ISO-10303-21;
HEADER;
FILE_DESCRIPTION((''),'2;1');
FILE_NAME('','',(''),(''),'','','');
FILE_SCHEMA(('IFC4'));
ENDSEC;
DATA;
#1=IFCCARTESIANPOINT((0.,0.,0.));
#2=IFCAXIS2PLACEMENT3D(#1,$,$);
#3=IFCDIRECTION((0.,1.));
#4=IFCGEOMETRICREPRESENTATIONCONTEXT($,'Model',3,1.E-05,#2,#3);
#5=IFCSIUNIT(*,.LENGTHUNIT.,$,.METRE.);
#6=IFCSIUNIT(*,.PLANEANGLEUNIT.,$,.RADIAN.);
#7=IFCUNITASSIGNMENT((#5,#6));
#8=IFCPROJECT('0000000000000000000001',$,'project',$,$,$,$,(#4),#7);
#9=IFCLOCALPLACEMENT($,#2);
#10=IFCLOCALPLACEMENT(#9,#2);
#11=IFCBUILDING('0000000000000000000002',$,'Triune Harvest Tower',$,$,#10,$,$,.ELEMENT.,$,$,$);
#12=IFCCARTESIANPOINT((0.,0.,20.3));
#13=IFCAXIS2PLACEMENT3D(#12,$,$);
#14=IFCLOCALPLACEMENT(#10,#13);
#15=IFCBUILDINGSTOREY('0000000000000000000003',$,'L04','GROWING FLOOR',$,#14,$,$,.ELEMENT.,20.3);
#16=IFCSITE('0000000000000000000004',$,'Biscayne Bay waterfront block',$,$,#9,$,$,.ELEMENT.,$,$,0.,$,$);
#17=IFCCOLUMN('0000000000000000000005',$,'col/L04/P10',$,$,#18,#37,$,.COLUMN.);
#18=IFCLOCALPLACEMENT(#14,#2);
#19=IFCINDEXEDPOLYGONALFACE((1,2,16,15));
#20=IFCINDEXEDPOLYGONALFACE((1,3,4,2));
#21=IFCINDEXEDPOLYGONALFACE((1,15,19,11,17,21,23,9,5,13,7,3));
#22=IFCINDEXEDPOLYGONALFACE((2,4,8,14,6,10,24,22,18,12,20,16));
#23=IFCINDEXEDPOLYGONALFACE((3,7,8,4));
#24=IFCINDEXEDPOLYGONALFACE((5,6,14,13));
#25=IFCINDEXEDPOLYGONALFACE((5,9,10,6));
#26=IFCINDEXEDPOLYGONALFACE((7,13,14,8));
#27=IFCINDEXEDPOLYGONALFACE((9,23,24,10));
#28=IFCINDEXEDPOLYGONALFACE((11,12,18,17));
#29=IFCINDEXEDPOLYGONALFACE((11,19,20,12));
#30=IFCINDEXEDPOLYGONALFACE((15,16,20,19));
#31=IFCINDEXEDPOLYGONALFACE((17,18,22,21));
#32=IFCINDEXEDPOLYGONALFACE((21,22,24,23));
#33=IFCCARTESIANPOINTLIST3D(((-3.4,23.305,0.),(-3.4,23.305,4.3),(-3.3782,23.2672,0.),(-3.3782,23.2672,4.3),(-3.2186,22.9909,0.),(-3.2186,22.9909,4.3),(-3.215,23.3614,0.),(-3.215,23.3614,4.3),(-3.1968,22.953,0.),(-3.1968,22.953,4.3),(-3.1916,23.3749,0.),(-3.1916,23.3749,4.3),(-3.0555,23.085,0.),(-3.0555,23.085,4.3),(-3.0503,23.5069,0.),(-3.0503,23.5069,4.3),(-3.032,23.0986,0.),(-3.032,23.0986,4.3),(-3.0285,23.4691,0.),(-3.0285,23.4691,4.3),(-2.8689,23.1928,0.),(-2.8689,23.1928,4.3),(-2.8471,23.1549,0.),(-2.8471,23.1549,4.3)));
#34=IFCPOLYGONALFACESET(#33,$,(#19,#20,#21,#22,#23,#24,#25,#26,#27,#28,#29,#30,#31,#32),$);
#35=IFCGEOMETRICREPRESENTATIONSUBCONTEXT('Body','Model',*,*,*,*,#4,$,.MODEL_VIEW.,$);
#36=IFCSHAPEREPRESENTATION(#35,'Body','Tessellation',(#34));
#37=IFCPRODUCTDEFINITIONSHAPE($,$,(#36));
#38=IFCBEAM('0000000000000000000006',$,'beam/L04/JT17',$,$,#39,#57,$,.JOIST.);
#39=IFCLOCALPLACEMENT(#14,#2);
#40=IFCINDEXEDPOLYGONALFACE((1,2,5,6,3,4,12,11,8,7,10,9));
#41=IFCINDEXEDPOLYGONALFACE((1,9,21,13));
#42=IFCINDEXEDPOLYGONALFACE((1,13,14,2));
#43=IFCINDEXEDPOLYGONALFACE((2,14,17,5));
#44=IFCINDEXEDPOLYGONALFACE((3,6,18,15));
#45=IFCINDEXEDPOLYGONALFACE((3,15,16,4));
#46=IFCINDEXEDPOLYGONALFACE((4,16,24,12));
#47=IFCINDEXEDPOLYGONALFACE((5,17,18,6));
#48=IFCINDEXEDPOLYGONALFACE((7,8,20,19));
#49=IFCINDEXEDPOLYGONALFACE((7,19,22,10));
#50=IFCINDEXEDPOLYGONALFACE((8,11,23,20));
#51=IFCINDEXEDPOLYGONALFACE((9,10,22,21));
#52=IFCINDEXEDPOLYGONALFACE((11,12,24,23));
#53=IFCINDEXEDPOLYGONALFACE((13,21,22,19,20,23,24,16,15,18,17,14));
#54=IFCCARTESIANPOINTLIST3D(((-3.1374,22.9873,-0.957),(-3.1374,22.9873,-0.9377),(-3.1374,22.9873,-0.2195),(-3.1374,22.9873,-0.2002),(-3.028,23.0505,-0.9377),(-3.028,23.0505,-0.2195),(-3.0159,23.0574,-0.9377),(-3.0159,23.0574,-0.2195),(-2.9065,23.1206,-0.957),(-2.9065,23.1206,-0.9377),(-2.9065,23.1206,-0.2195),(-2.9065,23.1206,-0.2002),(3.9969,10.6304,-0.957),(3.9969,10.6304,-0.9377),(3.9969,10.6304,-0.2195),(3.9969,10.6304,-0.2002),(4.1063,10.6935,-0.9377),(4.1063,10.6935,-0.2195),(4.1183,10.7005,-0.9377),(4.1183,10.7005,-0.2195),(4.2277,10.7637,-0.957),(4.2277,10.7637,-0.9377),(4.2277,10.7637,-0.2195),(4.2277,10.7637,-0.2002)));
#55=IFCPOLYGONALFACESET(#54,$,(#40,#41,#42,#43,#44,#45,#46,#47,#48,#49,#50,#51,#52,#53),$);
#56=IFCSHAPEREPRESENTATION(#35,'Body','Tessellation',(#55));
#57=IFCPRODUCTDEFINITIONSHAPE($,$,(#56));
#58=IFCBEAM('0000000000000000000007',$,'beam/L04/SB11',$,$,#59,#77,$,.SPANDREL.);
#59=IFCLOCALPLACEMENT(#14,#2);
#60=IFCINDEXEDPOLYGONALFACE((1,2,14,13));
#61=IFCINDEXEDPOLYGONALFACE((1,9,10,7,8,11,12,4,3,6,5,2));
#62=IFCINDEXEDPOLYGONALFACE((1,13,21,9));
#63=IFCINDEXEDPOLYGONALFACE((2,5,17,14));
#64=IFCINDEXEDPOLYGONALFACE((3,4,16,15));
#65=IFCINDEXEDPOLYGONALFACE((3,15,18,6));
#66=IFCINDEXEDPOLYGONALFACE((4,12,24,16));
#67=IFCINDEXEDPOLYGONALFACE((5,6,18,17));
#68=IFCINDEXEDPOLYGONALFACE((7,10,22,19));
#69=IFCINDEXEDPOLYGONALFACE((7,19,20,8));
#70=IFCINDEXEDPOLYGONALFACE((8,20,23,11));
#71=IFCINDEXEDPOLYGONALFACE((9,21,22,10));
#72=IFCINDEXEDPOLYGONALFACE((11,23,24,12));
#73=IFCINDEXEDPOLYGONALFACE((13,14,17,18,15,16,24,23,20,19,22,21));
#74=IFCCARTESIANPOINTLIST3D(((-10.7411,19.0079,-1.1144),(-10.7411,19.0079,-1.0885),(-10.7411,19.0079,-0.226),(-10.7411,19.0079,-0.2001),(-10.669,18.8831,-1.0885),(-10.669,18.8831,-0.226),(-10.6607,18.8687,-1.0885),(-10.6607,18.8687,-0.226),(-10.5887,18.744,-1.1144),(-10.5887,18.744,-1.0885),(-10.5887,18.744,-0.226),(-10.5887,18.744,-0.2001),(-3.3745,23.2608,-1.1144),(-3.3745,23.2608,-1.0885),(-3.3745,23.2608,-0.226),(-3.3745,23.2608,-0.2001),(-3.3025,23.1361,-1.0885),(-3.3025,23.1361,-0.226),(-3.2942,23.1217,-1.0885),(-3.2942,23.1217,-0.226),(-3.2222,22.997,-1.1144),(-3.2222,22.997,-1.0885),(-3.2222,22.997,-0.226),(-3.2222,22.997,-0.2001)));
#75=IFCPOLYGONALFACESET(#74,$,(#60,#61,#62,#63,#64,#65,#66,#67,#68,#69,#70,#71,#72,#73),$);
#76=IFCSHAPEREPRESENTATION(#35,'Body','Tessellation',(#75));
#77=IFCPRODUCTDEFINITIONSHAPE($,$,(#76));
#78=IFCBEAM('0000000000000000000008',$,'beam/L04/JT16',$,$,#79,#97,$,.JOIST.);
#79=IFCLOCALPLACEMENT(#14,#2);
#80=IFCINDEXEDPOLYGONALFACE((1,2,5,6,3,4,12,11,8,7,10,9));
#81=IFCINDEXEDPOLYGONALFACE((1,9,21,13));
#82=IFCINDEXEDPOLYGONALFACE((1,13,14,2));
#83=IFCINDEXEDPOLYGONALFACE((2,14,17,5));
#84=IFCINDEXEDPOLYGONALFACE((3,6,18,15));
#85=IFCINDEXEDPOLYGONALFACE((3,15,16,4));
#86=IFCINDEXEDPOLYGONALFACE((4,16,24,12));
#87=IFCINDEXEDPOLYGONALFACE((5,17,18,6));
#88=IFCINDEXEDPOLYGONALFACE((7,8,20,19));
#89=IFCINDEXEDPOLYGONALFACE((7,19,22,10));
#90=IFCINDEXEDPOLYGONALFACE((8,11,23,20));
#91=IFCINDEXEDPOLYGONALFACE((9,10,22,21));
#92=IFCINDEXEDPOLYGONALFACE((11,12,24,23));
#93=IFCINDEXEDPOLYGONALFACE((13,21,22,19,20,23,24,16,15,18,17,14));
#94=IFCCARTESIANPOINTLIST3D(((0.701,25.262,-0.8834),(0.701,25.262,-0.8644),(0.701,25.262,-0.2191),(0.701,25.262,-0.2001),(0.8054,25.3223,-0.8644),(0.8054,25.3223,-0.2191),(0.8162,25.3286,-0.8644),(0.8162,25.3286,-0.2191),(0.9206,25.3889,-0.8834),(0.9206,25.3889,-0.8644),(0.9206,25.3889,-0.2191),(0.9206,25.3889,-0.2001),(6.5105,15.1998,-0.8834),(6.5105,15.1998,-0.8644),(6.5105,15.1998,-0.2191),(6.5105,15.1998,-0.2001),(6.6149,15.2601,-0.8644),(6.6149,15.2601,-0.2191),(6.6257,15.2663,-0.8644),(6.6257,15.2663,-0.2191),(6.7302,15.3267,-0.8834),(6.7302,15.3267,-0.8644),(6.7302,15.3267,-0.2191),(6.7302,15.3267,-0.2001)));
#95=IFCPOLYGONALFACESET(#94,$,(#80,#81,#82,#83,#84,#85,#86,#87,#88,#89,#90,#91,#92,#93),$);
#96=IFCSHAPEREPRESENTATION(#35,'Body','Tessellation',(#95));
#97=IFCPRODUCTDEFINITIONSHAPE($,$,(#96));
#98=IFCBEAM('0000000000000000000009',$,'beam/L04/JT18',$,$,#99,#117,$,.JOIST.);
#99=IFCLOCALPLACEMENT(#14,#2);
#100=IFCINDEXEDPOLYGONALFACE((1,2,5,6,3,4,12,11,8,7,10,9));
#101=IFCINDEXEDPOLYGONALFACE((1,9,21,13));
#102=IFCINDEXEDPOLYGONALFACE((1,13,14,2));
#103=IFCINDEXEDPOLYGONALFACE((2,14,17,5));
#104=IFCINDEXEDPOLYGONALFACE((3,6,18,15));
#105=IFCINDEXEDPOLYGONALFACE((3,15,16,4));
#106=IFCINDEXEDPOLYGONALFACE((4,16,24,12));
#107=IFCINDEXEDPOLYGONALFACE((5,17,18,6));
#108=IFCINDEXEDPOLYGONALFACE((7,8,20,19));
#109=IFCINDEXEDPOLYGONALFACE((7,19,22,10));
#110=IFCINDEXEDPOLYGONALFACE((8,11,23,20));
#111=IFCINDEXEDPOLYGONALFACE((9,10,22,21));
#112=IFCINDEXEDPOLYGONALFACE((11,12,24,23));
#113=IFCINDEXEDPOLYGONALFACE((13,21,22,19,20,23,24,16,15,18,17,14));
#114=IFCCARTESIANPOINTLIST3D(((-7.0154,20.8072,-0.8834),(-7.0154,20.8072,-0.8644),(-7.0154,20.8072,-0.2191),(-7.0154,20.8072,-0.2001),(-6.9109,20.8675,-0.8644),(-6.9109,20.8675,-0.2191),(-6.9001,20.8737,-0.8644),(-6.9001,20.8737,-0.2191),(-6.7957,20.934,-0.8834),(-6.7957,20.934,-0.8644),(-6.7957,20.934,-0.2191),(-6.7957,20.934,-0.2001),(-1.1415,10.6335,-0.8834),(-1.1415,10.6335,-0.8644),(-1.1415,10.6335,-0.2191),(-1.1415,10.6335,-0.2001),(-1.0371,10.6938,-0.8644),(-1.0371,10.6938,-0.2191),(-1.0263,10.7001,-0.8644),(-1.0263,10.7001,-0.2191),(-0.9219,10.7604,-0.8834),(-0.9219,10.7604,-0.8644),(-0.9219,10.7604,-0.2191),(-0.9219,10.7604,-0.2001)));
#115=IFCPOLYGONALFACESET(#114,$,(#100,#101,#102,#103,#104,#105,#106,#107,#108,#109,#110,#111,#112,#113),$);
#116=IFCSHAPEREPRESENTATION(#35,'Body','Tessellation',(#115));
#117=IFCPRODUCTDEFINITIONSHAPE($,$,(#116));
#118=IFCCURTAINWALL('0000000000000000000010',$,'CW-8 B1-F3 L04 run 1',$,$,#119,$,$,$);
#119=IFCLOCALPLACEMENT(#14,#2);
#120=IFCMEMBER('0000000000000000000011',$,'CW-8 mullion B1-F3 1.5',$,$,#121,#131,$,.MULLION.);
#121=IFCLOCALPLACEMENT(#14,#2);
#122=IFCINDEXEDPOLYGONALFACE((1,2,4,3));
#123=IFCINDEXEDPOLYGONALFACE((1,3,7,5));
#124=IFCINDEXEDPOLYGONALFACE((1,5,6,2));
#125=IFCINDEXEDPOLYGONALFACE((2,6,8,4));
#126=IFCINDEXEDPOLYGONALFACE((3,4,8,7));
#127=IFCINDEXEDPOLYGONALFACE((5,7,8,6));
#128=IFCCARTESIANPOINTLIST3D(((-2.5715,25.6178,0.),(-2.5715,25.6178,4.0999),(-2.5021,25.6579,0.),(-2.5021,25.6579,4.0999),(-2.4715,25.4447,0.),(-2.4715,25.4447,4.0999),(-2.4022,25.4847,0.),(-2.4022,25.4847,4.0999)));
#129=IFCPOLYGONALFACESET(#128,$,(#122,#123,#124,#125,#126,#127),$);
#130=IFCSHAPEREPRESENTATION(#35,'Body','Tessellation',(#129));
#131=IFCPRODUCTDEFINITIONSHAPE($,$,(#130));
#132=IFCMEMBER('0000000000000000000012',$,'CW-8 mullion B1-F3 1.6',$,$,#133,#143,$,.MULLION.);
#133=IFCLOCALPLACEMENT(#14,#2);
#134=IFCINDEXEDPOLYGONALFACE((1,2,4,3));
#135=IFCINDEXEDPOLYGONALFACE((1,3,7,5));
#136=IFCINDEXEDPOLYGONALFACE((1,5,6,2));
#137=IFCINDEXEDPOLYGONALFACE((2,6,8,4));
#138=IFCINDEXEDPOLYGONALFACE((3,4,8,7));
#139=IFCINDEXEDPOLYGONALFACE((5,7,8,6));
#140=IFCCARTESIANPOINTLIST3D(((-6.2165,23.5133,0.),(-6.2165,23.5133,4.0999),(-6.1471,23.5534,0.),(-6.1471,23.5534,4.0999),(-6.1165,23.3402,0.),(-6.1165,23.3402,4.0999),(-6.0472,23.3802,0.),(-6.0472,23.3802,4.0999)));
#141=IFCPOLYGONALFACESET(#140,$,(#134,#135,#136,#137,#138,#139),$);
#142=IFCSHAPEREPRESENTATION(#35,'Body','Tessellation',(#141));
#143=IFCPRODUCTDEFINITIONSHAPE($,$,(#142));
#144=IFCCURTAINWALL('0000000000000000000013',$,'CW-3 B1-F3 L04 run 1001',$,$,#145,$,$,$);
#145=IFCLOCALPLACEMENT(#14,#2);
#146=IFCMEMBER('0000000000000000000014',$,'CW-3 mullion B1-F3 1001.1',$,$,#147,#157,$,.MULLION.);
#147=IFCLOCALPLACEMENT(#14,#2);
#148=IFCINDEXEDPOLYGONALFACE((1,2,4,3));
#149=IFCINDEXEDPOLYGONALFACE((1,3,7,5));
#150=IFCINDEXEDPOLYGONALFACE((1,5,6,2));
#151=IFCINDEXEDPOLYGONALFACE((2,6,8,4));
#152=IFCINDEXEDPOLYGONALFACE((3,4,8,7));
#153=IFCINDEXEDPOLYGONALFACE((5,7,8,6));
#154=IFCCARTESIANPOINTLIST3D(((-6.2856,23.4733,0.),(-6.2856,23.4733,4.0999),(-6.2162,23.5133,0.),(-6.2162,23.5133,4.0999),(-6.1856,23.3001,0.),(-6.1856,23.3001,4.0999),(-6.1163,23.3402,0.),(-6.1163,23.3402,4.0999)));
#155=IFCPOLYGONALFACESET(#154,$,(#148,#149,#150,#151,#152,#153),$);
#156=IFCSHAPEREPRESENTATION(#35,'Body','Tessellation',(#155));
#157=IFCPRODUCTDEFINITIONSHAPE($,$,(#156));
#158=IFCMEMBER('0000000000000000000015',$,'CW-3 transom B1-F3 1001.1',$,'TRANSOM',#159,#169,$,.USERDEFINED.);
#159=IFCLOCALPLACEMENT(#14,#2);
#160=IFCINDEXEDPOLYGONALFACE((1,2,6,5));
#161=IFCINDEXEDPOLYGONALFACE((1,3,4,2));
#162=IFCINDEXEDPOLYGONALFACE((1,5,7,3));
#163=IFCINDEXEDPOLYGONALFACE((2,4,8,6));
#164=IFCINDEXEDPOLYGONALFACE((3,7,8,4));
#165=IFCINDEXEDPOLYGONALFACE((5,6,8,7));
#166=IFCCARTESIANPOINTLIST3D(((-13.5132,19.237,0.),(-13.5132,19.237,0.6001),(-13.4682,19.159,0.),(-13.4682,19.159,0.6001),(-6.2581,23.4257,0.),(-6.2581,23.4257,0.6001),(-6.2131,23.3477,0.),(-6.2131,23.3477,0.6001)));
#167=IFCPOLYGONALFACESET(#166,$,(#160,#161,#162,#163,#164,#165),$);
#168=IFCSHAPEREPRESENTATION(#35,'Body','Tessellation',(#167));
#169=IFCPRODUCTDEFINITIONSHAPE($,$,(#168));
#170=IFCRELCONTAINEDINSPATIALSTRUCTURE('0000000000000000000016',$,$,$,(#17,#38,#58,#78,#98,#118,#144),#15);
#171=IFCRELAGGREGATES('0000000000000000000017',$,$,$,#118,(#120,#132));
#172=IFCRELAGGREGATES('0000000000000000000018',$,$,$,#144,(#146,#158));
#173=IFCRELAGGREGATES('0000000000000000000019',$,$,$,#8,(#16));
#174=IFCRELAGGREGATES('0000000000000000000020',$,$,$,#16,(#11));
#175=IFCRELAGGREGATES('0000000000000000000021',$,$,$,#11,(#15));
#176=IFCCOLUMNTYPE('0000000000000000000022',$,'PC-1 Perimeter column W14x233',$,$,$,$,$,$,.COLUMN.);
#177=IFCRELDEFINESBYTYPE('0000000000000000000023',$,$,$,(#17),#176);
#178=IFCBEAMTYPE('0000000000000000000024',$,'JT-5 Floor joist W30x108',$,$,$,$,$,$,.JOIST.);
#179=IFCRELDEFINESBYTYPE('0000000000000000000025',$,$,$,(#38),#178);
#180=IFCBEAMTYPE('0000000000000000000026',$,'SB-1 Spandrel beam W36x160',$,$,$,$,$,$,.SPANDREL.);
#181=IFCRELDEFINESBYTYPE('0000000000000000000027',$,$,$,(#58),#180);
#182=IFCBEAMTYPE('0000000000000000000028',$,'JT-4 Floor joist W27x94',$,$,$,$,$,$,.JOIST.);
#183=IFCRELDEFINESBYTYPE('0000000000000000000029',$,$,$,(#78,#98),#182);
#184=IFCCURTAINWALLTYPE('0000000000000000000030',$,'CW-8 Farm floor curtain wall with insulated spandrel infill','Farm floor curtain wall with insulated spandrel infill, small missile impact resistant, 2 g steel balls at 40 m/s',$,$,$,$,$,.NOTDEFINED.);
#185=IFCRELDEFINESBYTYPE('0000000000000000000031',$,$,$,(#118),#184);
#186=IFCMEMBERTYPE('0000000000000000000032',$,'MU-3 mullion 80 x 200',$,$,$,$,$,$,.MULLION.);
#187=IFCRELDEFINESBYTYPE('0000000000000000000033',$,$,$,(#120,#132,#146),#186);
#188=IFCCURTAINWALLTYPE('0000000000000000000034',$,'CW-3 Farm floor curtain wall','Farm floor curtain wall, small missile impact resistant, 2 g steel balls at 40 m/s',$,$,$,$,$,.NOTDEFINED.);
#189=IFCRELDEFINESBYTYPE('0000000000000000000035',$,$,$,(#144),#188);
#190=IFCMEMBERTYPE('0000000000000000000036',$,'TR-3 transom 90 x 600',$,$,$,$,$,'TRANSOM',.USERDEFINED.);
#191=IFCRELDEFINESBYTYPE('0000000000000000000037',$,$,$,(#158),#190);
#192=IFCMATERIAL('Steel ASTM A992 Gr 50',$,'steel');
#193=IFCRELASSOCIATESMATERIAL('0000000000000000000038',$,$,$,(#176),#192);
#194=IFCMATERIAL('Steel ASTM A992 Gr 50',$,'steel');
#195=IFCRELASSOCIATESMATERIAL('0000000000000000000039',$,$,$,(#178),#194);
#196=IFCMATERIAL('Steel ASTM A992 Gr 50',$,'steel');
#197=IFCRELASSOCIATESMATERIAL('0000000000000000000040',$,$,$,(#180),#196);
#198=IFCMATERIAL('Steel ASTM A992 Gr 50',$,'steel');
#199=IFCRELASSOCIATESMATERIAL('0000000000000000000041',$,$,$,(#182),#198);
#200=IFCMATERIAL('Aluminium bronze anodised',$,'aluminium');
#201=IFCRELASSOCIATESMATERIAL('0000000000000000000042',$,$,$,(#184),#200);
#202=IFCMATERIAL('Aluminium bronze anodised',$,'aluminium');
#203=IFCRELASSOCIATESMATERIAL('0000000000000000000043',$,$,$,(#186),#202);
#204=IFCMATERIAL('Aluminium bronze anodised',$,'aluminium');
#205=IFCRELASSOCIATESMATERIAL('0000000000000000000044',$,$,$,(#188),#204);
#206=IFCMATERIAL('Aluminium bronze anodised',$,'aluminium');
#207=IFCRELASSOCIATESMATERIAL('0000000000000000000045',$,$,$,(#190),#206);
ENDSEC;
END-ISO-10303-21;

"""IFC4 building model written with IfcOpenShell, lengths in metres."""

from ifc_helpers import new_model, si_unit, direction, frame, origin, origin_2d, place, context, subcontext, project, spatial, rectangle, i_section, extrude, source, transform, mapped, material, material_profile, profile_set, type_object, element, aggregate, save


model = new_model("IFC4")

# Units and contexts
model_context = context("Model", 3, precision=1e-05, world=origin(), true_north=direction((0.0, 1.0)))
body_context = subcontext(model_context, "Body", "Model", "MODEL_VIEW")
ifc_project = project(units=[si_unit("LENGTHUNIT", "METRE"), si_unit("PLANEANGLEUNIT", "RADIAN")], contexts=[model_context])

# Site, building, storey
site_placement = place(None, origin())
site = spatial("IfcSite", under=ifc_project, at=site_placement, Name="Biscayne Bay waterfront block", CompositionType="ELEMENT", RefElevation=0.0)
building_placement = place(site_placement, origin())
building = spatial("IfcBuilding", under=site, at=building_placement, Name="Triune Harvest Tower", CompositionType="ELEMENT")
storey_placement = place(building_placement, frame((0.0, 0.0, 20.3)))
storey = spatial("IfcBuildingStorey", under=building, at=storey_placement, Name="L04", Description="GROWING FLOOR", CompositionType="ELEMENT", Elevation=20.3)

# Column
ifc_material_1 = material(Name="Steel ASTM A992 Gr 50", Category="steel")
ifc_material_profile_1 = material_profile(ifc_material_1, i_section(OverallWidth=0.4038, OverallDepth=0.4065, WebThickness=0.0271, FlangeThickness=0.0437, at=origin_2d()), Name="W14x233")
ifc_profile_set_1 = profile_set([ifc_material_profile_1], Name="Steel ASTM A992 Gr 50")
column_type = type_object("IfcColumnType", Name="PC-1 Perimeter column W14x233", PredefinedType="COLUMN", material=ifc_profile_set_1)
shared_shape_1 = source(origin(), body_context, "Body", "SweptSolid", [
    extrude(i_section(OverallWidth=0.4038, OverallDepth=0.4065, WebThickness=0.0271, FlangeThickness=0.0437, at=origin_2d()), origin(), (0.0, 0.0, 1.0), 4.3),
])
column_placement = place(storey_placement, frame((-3.1235, 23.23, 0.0), z_axis=(0.0, 0.0, 1.0), x_axis=(-0.866025, -0.5, 0.0)))
element("IfcColumn", 1, at=column_placement, inside=storey, type_object=column_type, Name="col/L04/P10", PredefinedType="COLUMN", context=body_context, shape_type="MappedRepresentation", body=[
    mapped(shared_shape_1, transform((0.0, 0.0, 0.0), scale=1.0)),
])

# Beams
ifc_material_2 = material(Name="Steel ASTM A992 Gr 50", Category="steel")
ifc_material_profile_2 = material_profile(ifc_material_2, i_section(OverallWidth=0.2666, OverallDepth=0.7568, WebThickness=0.0139, FlangeThickness=0.0193, at=origin_2d()), Name="W30x108")
ifc_profile_set_2 = profile_set([ifc_material_profile_2], Name="Steel ASTM A992 Gr 50")
beam_type_1 = type_object("IfcBeamType", Name="JT-5 Floor joist W30x108", PredefinedType="JOIST", material=ifc_profile_set_2)
shared_shape_2 = source(origin(), body_context, "Body", "SweptSolid", [
    extrude(i_section(OverallWidth=0.2666, OverallDepth=0.7568, WebThickness=0.0139, FlangeThickness=0.0193, at=origin_2d()), origin(), (0.0, 0.0, 1.0), 14.2686),
])
beam_1_placement = place(storey_placement, frame((-3.022, 23.054, -0.5786), z_axis=(0.5, -0.866025, 0.0), x_axis=(0.866025, 0.5, 0.0)))
element("IfcBeam", 2, at=beam_1_placement, inside=storey, type_object=beam_type_1, Name="beam/L04/JT17", PredefinedType="JOIST", context=body_context, shape_type="MappedRepresentation", body=[
    mapped(shared_shape_2, transform((0.0, 0.0, 0.0), scale=1.0)),
])
ifc_material_3 = material(Name="Steel ASTM A992 Gr 50", Category="steel")
ifc_material_profile_3 = material_profile(ifc_material_3, i_section(OverallWidth=0.3047, OverallDepth=0.9143, WebThickness=0.0166, FlangeThickness=0.0259, at=origin_2d()), Name="W36x160")
ifc_profile_set_3 = profile_set([ifc_material_profile_3], Name="Steel ASTM A992 Gr 50")
beam_type_2 = type_object("IfcBeamType", Name="SB-1 Spandrel beam W36x160", PredefinedType="SPANDREL", material=ifc_profile_set_3)
shared_shape_3 = source(origin(), body_context, "Body", "SweptSolid", [
    extrude(i_section(OverallWidth=0.3047, OverallDepth=0.9143, WebThickness=0.0166, FlangeThickness=0.0259, at=origin_2d()), origin(), (0.0, 0.0, 1.0), 8.5061),
])
beam_2_placement = place(storey_placement, frame((-3.2983, 23.1289, -0.6572), z_axis=(-0.86603, -0.499992, 0.0), x_axis=(0.499992, -0.86603, 0.0)))
element("IfcBeam", 3, at=beam_2_placement, inside=storey, type_object=beam_type_2, Name="beam/L04/SB11", PredefinedType="SPANDREL", context=body_context, shape_type="MappedRepresentation", body=[
    mapped(shared_shape_3, transform((0.0, 0.0, 0.0), scale=1.0)),
])
ifc_material_4 = material(Name="Steel ASTM A992 Gr 50", Category="steel")
ifc_material_profile_4 = material_profile(ifc_material_4, i_section(OverallWidth=0.2537, OverallDepth=0.6833, WebThickness=0.0125, FlangeThickness=0.019, at=origin_2d()), Name="W27x94")
ifc_profile_set_4 = profile_set([ifc_material_profile_4], Name="Steel ASTM A992 Gr 50")
beam_type_3 = type_object("IfcBeamType", Name="JT-4 Floor joist W27x94", PredefinedType="JOIST", material=ifc_profile_set_4)
shared_shape_4 = source(origin(), body_context, "Body", "SweptSolid", [
    extrude(i_section(OverallWidth=0.2537, OverallDepth=0.6833, WebThickness=0.0125, FlangeThickness=0.019, at=origin_2d()), origin(), (0.0, 0.0, 1.0), 11.6189),
])
beam_3_placement = place(storey_placement, frame((0.8108, 25.3254, -0.5417), z_axis=(0.500008, -0.866021, 0.0), x_axis=(0.866021, 0.500008, 0.0)))
element("IfcBeam", 4, at=beam_3_placement, inside=storey, type_object=beam_type_3, Name="beam/L04/JT16", PredefinedType="JOIST", context=body_context, shape_type="MappedRepresentation", body=[
    mapped(shared_shape_4, transform((0.0, 0.0, 0.0), scale=1.0)),
])
shared_shape_5 = source(origin(), body_context, "Body", "SweptSolid", [
    extrude(i_section(OverallWidth=0.2537, OverallDepth=0.6833, WebThickness=0.0125, FlangeThickness=0.019, at=origin_2d()), origin(), (0.0, 0.0, 1.0), 11.7476),
])
beam_4_placement = place(storey_placement, frame((-6.9055, 20.8706, -0.5417), z_axis=(0.500004, -0.866023, 0.0), x_axis=(0.866023, 0.500004, 0.0)))
element("IfcBeam", 5, at=beam_4_placement, inside=storey, type_object=beam_type_3, Name="beam/L04/JT18", PredefinedType="JOIST", context=body_context, shape_type="MappedRepresentation", body=[
    mapped(shared_shape_5, transform((0.0, 0.0, 0.0), scale=1.0)),
])

# Curtain walls, members
ifc_material_5 = material(Name="Aluminium bronze anodised", Category="aluminium")
curtain_wall_type_1 = type_object("IfcCurtainWallType", Name="CW-8 Farm floor curtain wall with insulated spandrel infill", Description="Farm floor curtain wall with insulated spandrel infill, small missile impact resistant, 2 g steel balls at 40 m/s", PredefinedType="NOTDEFINED", material=ifc_material_5)
curtain_wall_1_placement = place(storey_placement, origin())
curtain_wall_1 = element("IfcCurtainWall", 6, at=curtain_wall_1_placement, inside=storey, type_object=curtain_wall_type_1, Name="CW-8 B1-F3 L04 run 1")
ifc_material_6 = material(Name="Aluminium bronze anodised", Category="aluminium")
ifc_material_profile_5 = material_profile(ifc_material_6, rectangle(XDim=0.2, YDim=0.0801, at=origin_2d()), Name="MU-3 mullion 80 x 200")
ifc_profile_set_5 = profile_set([ifc_material_profile_5], Name="Aluminium bronze anodised")
member_type_1 = type_object("IfcMemberType", Name="MU-3 mullion 80 x 200", PredefinedType="MULLION", material=ifc_profile_set_5)
shared_shape_6 = source(origin(), body_context, "Body", "SweptSolid", [
    extrude(rectangle(XDim=0.2, YDim=0.0801, at=origin_2d()), origin(), (0.0, 0.0, 1.0), 4.0999),
])
member_1_placement = place(storey_placement, frame((-2.4868, 25.5513, 0.0), z_axis=(0.0, 0.0, 1.0), x_axis=(0.499999, -0.866026, 0.0)))
member_1 = element("IfcMember", 7, at=member_1_placement, type_object=member_type_1, Name="CW-8 mullion B1-F3 1.5", PredefinedType="MULLION", context=body_context, shape_type="MappedRepresentation", body=[
    mapped(shared_shape_6, transform((0.0, 0.0, 0.0), scale=1.0)),
])
member_2_placement = place(storey_placement, frame((-6.1318, 23.4468, 0.0), z_axis=(0.0, 0.0, 1.0), x_axis=(0.499999, -0.866026, 0.0)))
member_2 = element("IfcMember", 8, at=member_2_placement, type_object=member_type_1, Name="CW-8 mullion B1-F3 1.6", PredefinedType="MULLION", context=body_context, shape_type="MappedRepresentation", body=[
    mapped(shared_shape_6, transform((0.0, 0.0, 0.0), scale=1.0)),
])
ifc_material_7 = material(Name="Aluminium bronze anodised", Category="aluminium")
curtain_wall_type_2 = type_object("IfcCurtainWallType", Name="CW-3 Farm floor curtain wall", Description="Farm floor curtain wall, small missile impact resistant, 2 g steel balls at 40 m/s", PredefinedType="NOTDEFINED", material=ifc_material_7)
curtain_wall_2_placement = place(storey_placement, origin())
curtain_wall_2 = element("IfcCurtainWall", 9, at=curtain_wall_2_placement, inside=storey, type_object=curtain_wall_type_2, Name="CW-3 B1-F3 L04 run 1001")
member_3_placement = place(storey_placement, frame((-6.2009, 23.4067, 0.0), z_axis=(0.0, 0.0, 1.0), x_axis=(0.5, -0.866025, 0.0)))
member_3 = element("IfcMember", 10, at=member_3_placement, type_object=member_type_1, Name="CW-3 mullion B1-F3 1001.1", PredefinedType="MULLION", context=body_context, shape_type="MappedRepresentation", body=[
    mapped(shared_shape_6, transform((0.0, 0.0, 0.0), scale=1.0)),
])
ifc_material_8 = material(Name="Aluminium bronze anodised", Category="aluminium")
ifc_material_profile_6 = material_profile(ifc_material_8, rectangle(XDim=0.0901, YDim=0.6001, at=origin_2d()), Name="TR-3 transom 90 x 600")
ifc_profile_set_6 = profile_set([ifc_material_profile_6], Name="Aluminium bronze anodised")
member_type_2 = type_object("IfcMemberType", Name="TR-3 transom 90 x 600", ElementType="TRANSOM", PredefinedType="USERDEFINED", material=ifc_profile_set_6)
shared_shape_7 = source(origin(), body_context, "Body", "SweptSolid", [
    extrude(rectangle(XDim=0.0901, YDim=0.6001, at=origin_2d()), origin(), (0.0, 0.0, 1.0), 8.3774),
])
member_4_placement = place(storey_placement, frame((-6.2356, 23.3867, 0.3), z_axis=(-0.866027, -0.499997, 0.0), x_axis=(0.499997, -0.866027, 0.0)))
member_4 = element("IfcMember", 11, at=member_4_placement, type_object=member_type_2, Name="CW-3 transom B1-F3 1001.1", ObjectType="TRANSOM", PredefinedType="USERDEFINED", context=body_context, shape_type="MappedRepresentation", body=[
    mapped(shared_shape_7, transform((0.0, 0.0, 0.0), scale=1.0)),
])

aggregate(curtain_wall_1, [member_1, member_2])
aggregate(curtain_wall_2, [member_3, member_4])

save(model, "model.ifc")
